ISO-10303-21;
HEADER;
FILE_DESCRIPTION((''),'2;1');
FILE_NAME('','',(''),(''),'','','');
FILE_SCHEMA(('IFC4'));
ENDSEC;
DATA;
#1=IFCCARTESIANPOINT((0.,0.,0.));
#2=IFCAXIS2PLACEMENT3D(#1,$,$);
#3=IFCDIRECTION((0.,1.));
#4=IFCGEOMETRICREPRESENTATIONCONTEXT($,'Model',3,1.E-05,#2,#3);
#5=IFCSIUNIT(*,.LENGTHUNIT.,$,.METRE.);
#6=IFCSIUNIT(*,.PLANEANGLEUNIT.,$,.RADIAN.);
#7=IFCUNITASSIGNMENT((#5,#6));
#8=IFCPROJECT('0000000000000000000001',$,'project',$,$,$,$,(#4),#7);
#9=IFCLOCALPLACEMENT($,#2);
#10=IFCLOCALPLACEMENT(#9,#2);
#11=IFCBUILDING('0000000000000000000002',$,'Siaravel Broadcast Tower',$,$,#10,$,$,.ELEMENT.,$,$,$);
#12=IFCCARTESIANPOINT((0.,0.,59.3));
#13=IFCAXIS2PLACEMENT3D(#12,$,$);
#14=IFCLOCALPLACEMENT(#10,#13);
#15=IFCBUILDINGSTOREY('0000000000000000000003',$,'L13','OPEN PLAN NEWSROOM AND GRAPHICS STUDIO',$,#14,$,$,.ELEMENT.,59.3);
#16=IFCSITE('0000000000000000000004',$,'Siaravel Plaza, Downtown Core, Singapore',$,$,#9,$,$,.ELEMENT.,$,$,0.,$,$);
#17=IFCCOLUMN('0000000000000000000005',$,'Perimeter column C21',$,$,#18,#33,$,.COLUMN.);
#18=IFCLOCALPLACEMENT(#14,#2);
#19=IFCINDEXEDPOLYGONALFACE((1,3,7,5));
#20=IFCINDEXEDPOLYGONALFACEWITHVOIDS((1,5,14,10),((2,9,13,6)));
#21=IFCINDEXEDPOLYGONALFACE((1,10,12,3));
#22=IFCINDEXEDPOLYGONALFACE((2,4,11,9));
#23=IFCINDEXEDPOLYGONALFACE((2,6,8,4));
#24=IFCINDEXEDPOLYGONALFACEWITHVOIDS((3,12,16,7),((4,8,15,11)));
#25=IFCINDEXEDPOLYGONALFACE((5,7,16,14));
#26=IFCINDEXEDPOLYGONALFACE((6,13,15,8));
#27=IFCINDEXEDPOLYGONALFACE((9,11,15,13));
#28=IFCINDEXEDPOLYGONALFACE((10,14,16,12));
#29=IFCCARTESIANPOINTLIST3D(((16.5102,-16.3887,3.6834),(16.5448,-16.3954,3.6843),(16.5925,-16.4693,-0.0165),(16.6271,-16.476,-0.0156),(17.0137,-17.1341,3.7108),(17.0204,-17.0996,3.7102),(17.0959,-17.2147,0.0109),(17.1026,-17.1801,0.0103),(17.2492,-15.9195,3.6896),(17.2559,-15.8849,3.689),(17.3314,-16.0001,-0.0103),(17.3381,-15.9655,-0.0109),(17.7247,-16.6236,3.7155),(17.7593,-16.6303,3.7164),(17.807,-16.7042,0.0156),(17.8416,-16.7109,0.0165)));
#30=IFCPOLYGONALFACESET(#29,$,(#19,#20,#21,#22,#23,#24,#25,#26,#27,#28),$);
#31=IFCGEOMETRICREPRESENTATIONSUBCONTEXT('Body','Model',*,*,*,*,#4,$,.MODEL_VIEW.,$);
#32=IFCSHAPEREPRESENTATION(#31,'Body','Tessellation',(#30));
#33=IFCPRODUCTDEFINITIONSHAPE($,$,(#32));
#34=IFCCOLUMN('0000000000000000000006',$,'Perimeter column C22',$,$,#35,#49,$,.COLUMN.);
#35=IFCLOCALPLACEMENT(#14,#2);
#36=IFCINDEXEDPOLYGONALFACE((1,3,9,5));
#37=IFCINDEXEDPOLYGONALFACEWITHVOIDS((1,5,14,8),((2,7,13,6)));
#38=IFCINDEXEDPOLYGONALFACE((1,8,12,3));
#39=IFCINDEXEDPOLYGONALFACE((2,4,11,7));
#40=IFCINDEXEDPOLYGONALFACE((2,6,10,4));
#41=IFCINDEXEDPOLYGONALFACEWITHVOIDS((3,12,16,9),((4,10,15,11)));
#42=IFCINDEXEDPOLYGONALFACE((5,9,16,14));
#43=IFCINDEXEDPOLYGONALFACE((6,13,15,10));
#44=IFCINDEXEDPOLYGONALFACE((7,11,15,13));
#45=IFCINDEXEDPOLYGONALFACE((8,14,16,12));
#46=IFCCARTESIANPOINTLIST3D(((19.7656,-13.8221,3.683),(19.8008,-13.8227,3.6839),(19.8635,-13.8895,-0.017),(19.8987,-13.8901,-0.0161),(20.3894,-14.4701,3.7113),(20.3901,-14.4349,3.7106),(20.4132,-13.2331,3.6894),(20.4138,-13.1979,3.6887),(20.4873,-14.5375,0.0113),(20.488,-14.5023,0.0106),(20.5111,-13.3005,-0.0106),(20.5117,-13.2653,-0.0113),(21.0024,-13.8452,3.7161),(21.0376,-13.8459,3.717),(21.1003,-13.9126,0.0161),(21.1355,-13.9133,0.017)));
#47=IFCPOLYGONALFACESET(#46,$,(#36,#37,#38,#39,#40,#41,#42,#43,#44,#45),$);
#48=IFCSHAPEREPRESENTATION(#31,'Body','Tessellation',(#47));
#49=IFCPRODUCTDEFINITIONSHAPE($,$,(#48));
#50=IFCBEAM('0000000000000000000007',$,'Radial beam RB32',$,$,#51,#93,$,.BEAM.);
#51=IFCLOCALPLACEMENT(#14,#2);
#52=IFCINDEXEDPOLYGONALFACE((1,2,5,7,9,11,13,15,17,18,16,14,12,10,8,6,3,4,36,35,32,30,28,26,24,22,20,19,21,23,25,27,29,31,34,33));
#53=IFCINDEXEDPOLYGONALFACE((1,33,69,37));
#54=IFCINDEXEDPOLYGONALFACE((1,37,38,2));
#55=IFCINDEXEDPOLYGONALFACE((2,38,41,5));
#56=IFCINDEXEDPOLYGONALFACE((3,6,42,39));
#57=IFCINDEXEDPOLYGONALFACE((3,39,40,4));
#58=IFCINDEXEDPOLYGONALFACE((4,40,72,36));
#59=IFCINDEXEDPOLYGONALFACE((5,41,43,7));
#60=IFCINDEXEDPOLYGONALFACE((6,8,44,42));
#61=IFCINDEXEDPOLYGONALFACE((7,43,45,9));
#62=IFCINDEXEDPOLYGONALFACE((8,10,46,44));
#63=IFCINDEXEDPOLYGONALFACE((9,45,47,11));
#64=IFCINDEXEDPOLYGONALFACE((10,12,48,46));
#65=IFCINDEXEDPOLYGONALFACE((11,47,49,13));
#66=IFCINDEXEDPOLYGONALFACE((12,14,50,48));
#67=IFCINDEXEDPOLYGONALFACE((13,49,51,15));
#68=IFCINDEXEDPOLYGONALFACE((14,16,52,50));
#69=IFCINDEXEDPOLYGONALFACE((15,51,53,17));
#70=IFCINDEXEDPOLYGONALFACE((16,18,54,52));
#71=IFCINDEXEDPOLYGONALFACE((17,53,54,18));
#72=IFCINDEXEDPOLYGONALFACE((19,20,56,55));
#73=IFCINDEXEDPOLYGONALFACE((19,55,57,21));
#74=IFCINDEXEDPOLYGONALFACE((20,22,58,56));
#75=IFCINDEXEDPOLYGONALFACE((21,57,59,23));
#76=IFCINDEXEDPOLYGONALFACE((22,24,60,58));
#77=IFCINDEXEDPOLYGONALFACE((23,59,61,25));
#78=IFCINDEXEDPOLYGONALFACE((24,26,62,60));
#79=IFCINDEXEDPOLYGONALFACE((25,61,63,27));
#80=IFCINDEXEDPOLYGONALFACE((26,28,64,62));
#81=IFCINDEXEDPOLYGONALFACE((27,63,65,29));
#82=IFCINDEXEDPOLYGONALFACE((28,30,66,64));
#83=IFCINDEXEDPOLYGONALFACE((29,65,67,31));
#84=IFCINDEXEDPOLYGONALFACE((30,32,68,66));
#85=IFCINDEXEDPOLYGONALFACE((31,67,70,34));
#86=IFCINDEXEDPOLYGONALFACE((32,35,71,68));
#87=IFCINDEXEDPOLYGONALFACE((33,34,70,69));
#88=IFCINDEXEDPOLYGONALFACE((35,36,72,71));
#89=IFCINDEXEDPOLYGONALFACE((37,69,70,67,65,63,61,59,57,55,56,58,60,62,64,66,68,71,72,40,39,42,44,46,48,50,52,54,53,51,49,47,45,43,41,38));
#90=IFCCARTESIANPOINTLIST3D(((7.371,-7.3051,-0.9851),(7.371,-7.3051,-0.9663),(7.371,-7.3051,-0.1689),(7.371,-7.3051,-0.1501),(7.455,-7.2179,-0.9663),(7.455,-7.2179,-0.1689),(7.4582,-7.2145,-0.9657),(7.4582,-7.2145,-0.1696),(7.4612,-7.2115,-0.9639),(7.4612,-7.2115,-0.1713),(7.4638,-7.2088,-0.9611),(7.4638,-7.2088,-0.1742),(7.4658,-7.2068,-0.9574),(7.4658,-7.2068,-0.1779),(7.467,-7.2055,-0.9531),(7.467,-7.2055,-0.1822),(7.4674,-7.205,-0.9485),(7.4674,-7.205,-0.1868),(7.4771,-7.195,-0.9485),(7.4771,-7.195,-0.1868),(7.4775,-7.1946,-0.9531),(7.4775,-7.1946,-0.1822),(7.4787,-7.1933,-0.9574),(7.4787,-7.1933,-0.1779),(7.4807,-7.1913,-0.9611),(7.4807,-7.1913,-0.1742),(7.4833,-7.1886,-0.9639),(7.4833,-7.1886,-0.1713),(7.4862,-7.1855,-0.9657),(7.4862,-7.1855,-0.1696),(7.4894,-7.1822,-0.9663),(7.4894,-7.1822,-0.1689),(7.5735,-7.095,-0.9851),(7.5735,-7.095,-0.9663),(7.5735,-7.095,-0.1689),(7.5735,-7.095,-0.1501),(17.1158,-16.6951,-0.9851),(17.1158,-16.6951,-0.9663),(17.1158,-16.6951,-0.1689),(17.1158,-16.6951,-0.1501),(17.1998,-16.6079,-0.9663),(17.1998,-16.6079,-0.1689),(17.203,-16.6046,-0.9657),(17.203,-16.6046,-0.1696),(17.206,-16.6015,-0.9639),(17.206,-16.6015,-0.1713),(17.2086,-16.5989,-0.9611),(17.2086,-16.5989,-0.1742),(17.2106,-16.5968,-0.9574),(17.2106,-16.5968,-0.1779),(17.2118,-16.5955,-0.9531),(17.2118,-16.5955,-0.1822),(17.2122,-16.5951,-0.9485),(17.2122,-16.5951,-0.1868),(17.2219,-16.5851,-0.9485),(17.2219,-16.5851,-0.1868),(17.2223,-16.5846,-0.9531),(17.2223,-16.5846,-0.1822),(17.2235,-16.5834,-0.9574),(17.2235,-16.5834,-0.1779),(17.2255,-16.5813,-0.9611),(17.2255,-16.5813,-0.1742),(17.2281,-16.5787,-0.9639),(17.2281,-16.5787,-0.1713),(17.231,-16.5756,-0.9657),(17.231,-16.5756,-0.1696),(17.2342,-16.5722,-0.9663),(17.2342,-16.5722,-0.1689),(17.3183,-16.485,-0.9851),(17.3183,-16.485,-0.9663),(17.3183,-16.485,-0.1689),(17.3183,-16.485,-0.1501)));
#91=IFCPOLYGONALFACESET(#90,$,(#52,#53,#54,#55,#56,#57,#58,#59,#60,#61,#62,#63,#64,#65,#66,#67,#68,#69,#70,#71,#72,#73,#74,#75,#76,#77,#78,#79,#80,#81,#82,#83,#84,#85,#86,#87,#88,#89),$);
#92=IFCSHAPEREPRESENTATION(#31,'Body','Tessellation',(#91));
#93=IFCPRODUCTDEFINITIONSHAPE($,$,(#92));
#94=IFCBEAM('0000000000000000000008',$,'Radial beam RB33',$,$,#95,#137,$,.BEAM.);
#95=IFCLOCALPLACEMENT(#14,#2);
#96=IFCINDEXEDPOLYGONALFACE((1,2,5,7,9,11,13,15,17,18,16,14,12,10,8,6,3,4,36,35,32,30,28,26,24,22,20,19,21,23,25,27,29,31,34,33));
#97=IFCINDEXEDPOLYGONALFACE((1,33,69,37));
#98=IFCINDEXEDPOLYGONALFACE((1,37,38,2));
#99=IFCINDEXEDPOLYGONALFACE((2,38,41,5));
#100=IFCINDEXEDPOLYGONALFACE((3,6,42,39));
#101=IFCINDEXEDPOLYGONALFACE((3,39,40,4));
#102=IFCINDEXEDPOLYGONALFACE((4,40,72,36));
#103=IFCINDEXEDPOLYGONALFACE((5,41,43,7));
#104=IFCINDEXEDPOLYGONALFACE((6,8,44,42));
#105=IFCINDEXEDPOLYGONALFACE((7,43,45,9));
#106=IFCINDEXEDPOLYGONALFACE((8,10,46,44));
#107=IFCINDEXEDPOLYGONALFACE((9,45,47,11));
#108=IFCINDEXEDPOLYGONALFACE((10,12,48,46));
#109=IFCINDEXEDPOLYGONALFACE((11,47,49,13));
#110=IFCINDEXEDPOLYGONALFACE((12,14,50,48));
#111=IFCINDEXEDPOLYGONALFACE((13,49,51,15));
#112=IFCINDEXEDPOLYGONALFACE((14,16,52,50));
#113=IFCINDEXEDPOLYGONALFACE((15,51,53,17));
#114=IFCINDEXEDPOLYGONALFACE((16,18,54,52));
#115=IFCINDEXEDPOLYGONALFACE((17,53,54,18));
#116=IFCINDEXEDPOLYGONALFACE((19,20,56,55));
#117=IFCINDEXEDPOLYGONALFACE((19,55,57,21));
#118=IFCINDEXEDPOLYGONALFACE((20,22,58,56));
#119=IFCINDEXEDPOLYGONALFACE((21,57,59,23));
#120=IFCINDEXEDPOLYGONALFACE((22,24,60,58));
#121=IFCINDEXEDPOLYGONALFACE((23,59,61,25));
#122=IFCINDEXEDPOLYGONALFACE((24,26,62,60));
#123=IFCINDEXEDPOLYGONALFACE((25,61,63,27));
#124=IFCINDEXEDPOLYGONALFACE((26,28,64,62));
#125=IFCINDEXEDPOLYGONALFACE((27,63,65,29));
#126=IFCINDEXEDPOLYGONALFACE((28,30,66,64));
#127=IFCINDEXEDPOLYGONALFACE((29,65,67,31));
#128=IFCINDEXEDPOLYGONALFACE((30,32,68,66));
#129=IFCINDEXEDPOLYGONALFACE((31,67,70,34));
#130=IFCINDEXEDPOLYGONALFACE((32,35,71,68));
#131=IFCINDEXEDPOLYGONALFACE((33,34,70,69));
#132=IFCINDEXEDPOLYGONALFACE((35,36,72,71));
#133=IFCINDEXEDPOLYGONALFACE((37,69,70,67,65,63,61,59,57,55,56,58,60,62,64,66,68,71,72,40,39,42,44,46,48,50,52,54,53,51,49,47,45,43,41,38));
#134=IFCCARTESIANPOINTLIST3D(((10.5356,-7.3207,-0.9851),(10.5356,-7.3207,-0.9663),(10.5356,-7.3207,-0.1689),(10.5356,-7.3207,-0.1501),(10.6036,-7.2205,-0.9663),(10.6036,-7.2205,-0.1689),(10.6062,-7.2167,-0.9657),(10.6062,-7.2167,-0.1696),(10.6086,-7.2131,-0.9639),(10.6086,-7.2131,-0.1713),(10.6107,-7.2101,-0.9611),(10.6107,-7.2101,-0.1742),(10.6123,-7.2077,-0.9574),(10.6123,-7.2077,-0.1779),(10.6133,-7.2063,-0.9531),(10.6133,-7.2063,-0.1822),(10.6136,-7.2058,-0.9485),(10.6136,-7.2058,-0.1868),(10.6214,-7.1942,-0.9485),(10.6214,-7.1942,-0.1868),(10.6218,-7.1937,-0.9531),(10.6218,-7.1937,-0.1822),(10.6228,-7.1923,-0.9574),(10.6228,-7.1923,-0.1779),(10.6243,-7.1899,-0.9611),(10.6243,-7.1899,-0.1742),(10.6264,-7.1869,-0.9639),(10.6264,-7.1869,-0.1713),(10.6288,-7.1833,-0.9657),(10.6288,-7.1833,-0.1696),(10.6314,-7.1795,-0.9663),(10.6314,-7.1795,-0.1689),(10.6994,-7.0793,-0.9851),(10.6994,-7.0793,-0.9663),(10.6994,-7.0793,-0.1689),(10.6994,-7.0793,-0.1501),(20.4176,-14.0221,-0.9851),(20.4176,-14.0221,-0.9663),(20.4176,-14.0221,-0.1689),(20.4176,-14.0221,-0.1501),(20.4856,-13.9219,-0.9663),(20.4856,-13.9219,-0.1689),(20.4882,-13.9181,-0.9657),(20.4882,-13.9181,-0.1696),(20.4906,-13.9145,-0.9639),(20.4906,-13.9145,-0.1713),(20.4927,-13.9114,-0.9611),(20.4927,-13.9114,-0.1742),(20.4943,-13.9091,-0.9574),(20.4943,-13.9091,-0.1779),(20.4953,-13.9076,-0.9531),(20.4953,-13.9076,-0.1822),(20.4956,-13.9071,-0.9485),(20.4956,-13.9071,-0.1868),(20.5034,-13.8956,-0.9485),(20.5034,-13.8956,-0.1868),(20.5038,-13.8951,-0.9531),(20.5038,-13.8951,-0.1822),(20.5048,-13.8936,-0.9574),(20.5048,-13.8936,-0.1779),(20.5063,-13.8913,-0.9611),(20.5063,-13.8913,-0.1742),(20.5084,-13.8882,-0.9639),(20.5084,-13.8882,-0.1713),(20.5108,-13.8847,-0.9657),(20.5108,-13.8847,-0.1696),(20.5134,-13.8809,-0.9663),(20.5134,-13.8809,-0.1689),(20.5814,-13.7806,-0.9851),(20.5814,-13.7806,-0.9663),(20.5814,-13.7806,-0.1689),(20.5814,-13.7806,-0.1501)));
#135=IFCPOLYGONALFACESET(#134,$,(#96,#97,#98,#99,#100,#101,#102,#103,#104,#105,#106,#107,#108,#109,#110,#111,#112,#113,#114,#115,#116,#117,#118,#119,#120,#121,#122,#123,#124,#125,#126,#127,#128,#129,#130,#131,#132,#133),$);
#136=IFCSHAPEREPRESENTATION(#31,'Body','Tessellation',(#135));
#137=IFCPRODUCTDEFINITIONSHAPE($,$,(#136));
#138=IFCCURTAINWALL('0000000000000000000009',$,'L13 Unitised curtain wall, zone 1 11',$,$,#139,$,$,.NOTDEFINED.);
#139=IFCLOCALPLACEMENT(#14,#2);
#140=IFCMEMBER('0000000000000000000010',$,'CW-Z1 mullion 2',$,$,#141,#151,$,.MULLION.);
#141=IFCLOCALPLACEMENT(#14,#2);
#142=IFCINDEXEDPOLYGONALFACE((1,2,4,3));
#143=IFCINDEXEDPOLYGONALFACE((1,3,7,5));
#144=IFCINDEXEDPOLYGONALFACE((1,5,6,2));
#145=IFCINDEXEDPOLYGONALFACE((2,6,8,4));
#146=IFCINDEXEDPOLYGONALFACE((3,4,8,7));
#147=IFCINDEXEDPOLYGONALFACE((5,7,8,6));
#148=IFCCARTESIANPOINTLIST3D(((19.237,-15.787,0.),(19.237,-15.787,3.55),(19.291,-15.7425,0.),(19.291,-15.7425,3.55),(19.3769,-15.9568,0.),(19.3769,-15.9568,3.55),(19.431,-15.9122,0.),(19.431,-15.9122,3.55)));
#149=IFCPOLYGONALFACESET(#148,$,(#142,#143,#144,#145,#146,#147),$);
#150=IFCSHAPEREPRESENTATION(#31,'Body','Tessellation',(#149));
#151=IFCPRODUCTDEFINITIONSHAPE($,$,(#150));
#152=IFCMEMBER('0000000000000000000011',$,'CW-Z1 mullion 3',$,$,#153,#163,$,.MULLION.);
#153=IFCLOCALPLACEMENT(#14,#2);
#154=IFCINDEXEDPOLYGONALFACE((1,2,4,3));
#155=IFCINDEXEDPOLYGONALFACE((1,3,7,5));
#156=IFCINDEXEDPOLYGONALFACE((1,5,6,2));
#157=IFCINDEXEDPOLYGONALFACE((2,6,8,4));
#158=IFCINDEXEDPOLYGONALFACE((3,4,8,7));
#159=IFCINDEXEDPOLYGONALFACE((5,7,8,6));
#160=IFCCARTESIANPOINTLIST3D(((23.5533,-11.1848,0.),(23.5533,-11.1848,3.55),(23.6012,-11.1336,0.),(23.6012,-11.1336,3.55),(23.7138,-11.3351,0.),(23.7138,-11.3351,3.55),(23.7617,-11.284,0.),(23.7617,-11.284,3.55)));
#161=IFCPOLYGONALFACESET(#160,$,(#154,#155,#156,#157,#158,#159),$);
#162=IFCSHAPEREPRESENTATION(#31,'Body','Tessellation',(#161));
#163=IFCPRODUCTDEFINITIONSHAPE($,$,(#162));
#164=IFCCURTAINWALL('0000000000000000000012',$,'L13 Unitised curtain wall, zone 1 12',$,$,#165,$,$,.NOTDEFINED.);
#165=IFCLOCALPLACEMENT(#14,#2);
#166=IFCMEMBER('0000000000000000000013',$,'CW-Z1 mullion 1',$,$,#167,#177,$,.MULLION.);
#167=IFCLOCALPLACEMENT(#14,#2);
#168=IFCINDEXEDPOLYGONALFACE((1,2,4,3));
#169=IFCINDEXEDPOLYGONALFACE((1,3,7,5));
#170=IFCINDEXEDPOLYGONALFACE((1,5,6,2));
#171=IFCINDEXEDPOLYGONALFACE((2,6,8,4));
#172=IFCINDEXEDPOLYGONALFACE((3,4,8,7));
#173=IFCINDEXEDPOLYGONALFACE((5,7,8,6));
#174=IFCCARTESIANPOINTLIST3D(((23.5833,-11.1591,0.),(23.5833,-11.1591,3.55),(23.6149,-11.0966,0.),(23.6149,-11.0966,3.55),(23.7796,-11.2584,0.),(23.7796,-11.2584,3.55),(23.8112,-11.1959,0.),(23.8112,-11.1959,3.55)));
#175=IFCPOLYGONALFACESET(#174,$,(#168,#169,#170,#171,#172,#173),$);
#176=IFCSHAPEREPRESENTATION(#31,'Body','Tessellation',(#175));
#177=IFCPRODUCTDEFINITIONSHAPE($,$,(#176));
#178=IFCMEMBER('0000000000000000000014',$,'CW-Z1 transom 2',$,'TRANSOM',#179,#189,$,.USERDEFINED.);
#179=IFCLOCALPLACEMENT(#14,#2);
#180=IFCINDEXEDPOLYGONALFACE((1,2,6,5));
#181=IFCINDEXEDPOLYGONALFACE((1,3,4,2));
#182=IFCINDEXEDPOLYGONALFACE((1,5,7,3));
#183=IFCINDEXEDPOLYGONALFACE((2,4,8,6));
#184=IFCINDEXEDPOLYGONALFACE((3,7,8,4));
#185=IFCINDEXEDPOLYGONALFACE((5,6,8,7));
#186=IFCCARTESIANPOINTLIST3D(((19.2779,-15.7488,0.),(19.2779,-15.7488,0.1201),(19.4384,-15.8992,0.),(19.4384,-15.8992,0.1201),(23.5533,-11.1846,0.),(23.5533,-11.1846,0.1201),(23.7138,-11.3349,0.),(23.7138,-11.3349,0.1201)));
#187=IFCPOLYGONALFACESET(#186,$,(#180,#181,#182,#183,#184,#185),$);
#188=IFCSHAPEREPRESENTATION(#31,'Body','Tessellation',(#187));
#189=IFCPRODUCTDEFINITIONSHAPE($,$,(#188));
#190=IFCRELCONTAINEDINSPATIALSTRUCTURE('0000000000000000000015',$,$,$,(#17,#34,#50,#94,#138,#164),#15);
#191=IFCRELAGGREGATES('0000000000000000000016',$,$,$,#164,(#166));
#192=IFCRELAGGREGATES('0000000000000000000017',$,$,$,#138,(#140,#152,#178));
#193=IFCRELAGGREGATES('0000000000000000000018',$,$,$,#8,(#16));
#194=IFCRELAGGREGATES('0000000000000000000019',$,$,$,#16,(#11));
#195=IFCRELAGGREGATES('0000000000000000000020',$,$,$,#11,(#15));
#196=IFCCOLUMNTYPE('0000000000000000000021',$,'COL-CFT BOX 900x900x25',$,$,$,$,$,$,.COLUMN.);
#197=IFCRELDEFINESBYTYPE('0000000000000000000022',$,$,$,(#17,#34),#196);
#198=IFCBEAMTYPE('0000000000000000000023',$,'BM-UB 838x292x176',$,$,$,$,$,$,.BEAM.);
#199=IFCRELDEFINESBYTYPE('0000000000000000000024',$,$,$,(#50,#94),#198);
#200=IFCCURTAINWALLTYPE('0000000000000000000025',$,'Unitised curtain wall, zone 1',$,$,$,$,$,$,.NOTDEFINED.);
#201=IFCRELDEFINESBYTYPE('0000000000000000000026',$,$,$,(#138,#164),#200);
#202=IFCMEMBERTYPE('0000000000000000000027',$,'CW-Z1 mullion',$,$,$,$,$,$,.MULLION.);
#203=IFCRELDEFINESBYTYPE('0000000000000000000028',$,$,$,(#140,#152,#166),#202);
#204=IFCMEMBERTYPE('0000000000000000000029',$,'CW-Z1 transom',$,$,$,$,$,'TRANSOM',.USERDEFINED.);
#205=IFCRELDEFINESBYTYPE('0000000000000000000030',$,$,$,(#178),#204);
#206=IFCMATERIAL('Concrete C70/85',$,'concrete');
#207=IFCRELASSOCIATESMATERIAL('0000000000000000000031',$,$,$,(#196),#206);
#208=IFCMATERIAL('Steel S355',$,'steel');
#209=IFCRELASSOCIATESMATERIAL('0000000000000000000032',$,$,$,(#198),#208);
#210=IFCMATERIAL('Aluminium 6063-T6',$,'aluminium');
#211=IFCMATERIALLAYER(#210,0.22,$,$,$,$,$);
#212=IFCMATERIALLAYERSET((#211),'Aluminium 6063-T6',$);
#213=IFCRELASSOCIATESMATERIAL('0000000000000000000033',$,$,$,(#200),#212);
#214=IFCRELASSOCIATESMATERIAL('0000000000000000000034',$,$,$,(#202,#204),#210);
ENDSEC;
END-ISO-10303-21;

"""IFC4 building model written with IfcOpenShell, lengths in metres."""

from ifc_helpers import new_model, si_unit, direction, frame, origin, origin_2d, place, context, subcontext, project, spatial, rectangle, hollow_rectangle, i_section, extrude, material, layer, layer_set, material_profile, profile_set, type_object, element, aggregate, save


model = new_model("IFC4")

# Units and contexts
model_context = context("Model", 3, precision=1e-05, world=origin(), true_north=direction((0.0, 1.0)))
body_context = subcontext(model_context, "Body", "Model", "MODEL_VIEW")
ifc_project = project(units=[si_unit("LENGTHUNIT", "METRE"), si_unit("PLANEANGLEUNIT", "RADIAN")], contexts=[model_context])

# Site, building, storey
site_placement = place(None, origin())
site = spatial("IfcSite", under=ifc_project, at=site_placement, Name="Siaravel Plaza, Downtown Core, Singapore", CompositionType="ELEMENT", RefElevation=0.0)
building_placement = place(site_placement, origin())
building = spatial("IfcBuilding", under=site, at=building_placement, Name="Siaravel Broadcast Tower", CompositionType="ELEMENT")
storey_placement = place(building_placement, frame((0.0, 0.0, 59.3)))
storey = spatial("IfcBuildingStorey", under=building, at=storey_placement, Name="L13", Description="OPEN PLAN NEWSROOM AND GRAPHICS STUDIO", CompositionType="ELEMENT", Elevation=59.3)

# Columns
ifc_material_1 = material(Name="Concrete C70/85", Category="concrete")
ifc_material_profile_1 = material_profile(ifc_material_1, hollow_rectangle(XDim=0.8999, YDim=0.8999, WallThickness=0.0249, at=origin_2d()))
ifc_profile_set_1 = profile_set([ifc_material_profile_1], Name="Concrete C70/85")
column_type = type_object("IfcColumnType", Name="COL-CFT BOX 900x900x25", PredefinedType="COLUMN", material=ifc_profile_set_1)
column_1_placement = place(storey_placement, frame((17.217, -16.5901, 0.0), z_axis=(-0.022226, 0.021764, 0.999516), x_axis=(-0.828575, -0.559843, -0.006234)))
element("IfcColumn", 1, at=column_1_placement, inside=storey, type_object=column_type, Name="Perimeter column C21", PredefinedType="COLUMN", context=body_context, shape_type="SweptSolid", body=[
    extrude(hollow_rectangle(XDim=0.8999, YDim=0.8999, WallThickness=0.0249, at=origin_2d()), origin(), (0.0, 0.0, 1.0), 3.7017),
])
column_2_placement = place(storey_placement, frame((20.4995, -13.9014, 0.0), z_axis=(-0.026446, 0.018202, 0.999484), x_axis=(-0.720307, -0.693626, -0.006427)))
element("IfcColumn", 2, at=column_2_placement, inside=storey, type_object=column_type, Name="Perimeter column C22", PredefinedType="COLUMN", context=body_context, shape_type="SweptSolid", body=[
    extrude(hollow_rectangle(XDim=0.8999, YDim=0.8999, WallThickness=0.0249, at=origin_2d()), origin(), (0.0, 0.0, 1.0), 3.7019),
])

# Beams
ifc_material_2 = material(Name="Steel S355", Category="steel")
ifc_material_profile_2 = material_profile(ifc_material_2, i_section(OverallWidth=0.2917, OverallDepth=0.835, WebThickness=0.0139, FlangeThickness=0.0188, FilletRadius=0.0178, at=origin_2d()))
ifc_profile_set_2 = profile_set([ifc_material_profile_2], Name="Steel S355")
beam_type = type_object("IfcBeamType", Name="BM-UB 838x292x176", PredefinedType="BEAM", material=ifc_profile_set_2)
beam_1_placement = place(storey_placement, frame((17.217, -16.5901, -0.5676), z_axis=(-0.720092, 0.693879, 0.0), x_axis=(-0.693879, -0.720092, 0.0)))
element("IfcBeam", 3, at=beam_1_placement, inside=storey, type_object=beam_type, Name="Radial beam RB32", PredefinedType="BEAM", context=body_context, shape_type="SweptSolid", body=[
    extrude(i_section(OverallWidth=0.2917, OverallDepth=0.835, WebThickness=0.0139, FlangeThickness=0.0188, FilletRadius=0.0178, at=origin_2d()), origin(), (0.0, 0.0, 1.0), 13.5327),
])
beam_2_placement = place(storey_placement, frame((20.4995, -13.9014, -0.5676), z_axis=(-0.827642, 0.561256, 0.0), x_axis=(-0.561256, -0.827642, 0.0)))
element("IfcBeam", 4, at=beam_2_placement, inside=storey, type_object=beam_type, Name="Radial beam RB33", PredefinedType="BEAM", context=body_context, shape_type="SweptSolid", body=[
    extrude(i_section(OverallWidth=0.2917, OverallDepth=0.835, WebThickness=0.0139, FlangeThickness=0.0188, FilletRadius=0.0178, at=origin_2d()), origin(), (0.0, 0.0, 1.0), 11.9399),
])

# Curtain wall, members
ifc_material_3 = material(Name="Aluminium 6063-T6", Category="aluminium")
ifc_layer_1 = layer(ifc_material_3, 0.22)
ifc_layer_set_1 = layer_set([ifc_layer_1], Name="Aluminium 6063-T6")
curtain_wall_type = type_object("IfcCurtainWallType", Name="Unitised curtain wall, zone 1", PredefinedType="NOTDEFINED", material=ifc_layer_set_1)
curtain_wall_1_placement = place(storey_placement, origin())
curtain_wall_1 = element("IfcCurtainWall", 5, at=curtain_wall_1_placement, inside=storey, type_object=curtain_wall_type, Name="L13 Unitised curtain wall, zone 1 11", PredefinedType="NOTDEFINED")
ifc_material_profile_3 = material_profile(ifc_material_3, rectangle(XDim=0.22, YDim=0.0701, at=origin_2d()))
ifc_profile_set_3 = profile_set([ifc_material_profile_3], Name="Aluminium 6063-T6")
member_type_1 = type_object("IfcMemberType", Name="CW-Z1 mullion", PredefinedType="MULLION", material=ifc_profile_set_3)
member_1_placement = place(storey_placement, frame((19.334, -15.8496, 0.0), z_axis=(0.0, 0.0, 1.0), x_axis=(-0.636217, 0.77151, 0.0)))
member_1 = element("IfcMember", 6, at=member_1_placement, type_object=member_type_1, Name="CW-Z1 mullion 2", PredefinedType="MULLION", context=body_context, shape_type="SweptSolid", body=[
    extrude(rectangle(XDim=0.22, YDim=0.0701, at=origin_2d()), origin(), (0.0, 0.0, 1.0), 3.55),
])
member_2_placement = place(storey_placement, frame((23.6575, -11.2344, 0.0), z_axis=(0.0, 0.0, 1.0), x_axis=(-0.729804, 0.683657, 0.0)))
member_2 = element("IfcMember", 7, at=member_2_placement, type_object=member_type_1, Name="CW-Z1 mullion 3", PredefinedType="MULLION", context=body_context, shape_type="SweptSolid", body=[
    extrude(rectangle(XDim=0.22, YDim=0.0701, at=origin_2d()), origin(), (0.0, 0.0, 1.0), 3.55),
])

# Curtain wall, member
curtain_wall_2_placement = place(storey_placement, origin())
curtain_wall_2 = element("IfcCurtainWall", 8, at=curtain_wall_2_placement, inside=storey, type_object=curtain_wall_type, Name="L13 Unitised curtain wall, zone 1 12", PredefinedType="NOTDEFINED")
member_3_placement = place(storey_placement, frame((23.6973, -11.1775, 0.0), z_axis=(0.0, 0.0, 1.0), x_axis=(-0.892391, 0.451262, 0.0)))
member_3 = element("IfcMember", 9, at=member_3_placement, type_object=member_type_1, Name="CW-Z1 mullion 1", PredefinedType="MULLION", context=body_context, shape_type="SweptSolid", body=[
    extrude(rectangle(XDim=0.22, YDim=0.0701, at=origin_2d()), origin(), (0.0, 0.0, 1.0), 3.55),
])
aggregate(curtain_wall_2, [member_3])

# Member
ifc_material_profile_4 = material_profile(ifc_material_3, rectangle(XDim=0.22, YDim=0.1201, at=origin_2d()))
ifc_profile_set_4 = profile_set([ifc_material_profile_4], Name="Aluminium 6063-T6")
member_type_2 = type_object("IfcMemberType", Name="CW-Z1 transom", ElementType="TRANSOM", PredefinedType="USERDEFINED", material=ifc_profile_set_4)
member_4_placement = place(storey_placement, frame((19.3582, -15.824, 0.0601), z_axis=(0.683639, 0.729821, 0.0), x_axis=(-0.729821, 0.683639, 0.0)))
member_4 = element("IfcMember", 10, at=member_4_placement, type_object=member_type_2, Name="CW-Z1 transom 2", ObjectType="TRANSOM", PredefinedType="USERDEFINED", context=body_context, shape_type="SweptSolid", body=[
    extrude(rectangle(XDim=0.22, YDim=0.1201, at=origin_2d()), origin(), (0.0, 0.0, 1.0), 6.2539),
])

aggregate(curtain_wall_1, [member_1, member_2, member_4])

save(model, "model.ifc")
